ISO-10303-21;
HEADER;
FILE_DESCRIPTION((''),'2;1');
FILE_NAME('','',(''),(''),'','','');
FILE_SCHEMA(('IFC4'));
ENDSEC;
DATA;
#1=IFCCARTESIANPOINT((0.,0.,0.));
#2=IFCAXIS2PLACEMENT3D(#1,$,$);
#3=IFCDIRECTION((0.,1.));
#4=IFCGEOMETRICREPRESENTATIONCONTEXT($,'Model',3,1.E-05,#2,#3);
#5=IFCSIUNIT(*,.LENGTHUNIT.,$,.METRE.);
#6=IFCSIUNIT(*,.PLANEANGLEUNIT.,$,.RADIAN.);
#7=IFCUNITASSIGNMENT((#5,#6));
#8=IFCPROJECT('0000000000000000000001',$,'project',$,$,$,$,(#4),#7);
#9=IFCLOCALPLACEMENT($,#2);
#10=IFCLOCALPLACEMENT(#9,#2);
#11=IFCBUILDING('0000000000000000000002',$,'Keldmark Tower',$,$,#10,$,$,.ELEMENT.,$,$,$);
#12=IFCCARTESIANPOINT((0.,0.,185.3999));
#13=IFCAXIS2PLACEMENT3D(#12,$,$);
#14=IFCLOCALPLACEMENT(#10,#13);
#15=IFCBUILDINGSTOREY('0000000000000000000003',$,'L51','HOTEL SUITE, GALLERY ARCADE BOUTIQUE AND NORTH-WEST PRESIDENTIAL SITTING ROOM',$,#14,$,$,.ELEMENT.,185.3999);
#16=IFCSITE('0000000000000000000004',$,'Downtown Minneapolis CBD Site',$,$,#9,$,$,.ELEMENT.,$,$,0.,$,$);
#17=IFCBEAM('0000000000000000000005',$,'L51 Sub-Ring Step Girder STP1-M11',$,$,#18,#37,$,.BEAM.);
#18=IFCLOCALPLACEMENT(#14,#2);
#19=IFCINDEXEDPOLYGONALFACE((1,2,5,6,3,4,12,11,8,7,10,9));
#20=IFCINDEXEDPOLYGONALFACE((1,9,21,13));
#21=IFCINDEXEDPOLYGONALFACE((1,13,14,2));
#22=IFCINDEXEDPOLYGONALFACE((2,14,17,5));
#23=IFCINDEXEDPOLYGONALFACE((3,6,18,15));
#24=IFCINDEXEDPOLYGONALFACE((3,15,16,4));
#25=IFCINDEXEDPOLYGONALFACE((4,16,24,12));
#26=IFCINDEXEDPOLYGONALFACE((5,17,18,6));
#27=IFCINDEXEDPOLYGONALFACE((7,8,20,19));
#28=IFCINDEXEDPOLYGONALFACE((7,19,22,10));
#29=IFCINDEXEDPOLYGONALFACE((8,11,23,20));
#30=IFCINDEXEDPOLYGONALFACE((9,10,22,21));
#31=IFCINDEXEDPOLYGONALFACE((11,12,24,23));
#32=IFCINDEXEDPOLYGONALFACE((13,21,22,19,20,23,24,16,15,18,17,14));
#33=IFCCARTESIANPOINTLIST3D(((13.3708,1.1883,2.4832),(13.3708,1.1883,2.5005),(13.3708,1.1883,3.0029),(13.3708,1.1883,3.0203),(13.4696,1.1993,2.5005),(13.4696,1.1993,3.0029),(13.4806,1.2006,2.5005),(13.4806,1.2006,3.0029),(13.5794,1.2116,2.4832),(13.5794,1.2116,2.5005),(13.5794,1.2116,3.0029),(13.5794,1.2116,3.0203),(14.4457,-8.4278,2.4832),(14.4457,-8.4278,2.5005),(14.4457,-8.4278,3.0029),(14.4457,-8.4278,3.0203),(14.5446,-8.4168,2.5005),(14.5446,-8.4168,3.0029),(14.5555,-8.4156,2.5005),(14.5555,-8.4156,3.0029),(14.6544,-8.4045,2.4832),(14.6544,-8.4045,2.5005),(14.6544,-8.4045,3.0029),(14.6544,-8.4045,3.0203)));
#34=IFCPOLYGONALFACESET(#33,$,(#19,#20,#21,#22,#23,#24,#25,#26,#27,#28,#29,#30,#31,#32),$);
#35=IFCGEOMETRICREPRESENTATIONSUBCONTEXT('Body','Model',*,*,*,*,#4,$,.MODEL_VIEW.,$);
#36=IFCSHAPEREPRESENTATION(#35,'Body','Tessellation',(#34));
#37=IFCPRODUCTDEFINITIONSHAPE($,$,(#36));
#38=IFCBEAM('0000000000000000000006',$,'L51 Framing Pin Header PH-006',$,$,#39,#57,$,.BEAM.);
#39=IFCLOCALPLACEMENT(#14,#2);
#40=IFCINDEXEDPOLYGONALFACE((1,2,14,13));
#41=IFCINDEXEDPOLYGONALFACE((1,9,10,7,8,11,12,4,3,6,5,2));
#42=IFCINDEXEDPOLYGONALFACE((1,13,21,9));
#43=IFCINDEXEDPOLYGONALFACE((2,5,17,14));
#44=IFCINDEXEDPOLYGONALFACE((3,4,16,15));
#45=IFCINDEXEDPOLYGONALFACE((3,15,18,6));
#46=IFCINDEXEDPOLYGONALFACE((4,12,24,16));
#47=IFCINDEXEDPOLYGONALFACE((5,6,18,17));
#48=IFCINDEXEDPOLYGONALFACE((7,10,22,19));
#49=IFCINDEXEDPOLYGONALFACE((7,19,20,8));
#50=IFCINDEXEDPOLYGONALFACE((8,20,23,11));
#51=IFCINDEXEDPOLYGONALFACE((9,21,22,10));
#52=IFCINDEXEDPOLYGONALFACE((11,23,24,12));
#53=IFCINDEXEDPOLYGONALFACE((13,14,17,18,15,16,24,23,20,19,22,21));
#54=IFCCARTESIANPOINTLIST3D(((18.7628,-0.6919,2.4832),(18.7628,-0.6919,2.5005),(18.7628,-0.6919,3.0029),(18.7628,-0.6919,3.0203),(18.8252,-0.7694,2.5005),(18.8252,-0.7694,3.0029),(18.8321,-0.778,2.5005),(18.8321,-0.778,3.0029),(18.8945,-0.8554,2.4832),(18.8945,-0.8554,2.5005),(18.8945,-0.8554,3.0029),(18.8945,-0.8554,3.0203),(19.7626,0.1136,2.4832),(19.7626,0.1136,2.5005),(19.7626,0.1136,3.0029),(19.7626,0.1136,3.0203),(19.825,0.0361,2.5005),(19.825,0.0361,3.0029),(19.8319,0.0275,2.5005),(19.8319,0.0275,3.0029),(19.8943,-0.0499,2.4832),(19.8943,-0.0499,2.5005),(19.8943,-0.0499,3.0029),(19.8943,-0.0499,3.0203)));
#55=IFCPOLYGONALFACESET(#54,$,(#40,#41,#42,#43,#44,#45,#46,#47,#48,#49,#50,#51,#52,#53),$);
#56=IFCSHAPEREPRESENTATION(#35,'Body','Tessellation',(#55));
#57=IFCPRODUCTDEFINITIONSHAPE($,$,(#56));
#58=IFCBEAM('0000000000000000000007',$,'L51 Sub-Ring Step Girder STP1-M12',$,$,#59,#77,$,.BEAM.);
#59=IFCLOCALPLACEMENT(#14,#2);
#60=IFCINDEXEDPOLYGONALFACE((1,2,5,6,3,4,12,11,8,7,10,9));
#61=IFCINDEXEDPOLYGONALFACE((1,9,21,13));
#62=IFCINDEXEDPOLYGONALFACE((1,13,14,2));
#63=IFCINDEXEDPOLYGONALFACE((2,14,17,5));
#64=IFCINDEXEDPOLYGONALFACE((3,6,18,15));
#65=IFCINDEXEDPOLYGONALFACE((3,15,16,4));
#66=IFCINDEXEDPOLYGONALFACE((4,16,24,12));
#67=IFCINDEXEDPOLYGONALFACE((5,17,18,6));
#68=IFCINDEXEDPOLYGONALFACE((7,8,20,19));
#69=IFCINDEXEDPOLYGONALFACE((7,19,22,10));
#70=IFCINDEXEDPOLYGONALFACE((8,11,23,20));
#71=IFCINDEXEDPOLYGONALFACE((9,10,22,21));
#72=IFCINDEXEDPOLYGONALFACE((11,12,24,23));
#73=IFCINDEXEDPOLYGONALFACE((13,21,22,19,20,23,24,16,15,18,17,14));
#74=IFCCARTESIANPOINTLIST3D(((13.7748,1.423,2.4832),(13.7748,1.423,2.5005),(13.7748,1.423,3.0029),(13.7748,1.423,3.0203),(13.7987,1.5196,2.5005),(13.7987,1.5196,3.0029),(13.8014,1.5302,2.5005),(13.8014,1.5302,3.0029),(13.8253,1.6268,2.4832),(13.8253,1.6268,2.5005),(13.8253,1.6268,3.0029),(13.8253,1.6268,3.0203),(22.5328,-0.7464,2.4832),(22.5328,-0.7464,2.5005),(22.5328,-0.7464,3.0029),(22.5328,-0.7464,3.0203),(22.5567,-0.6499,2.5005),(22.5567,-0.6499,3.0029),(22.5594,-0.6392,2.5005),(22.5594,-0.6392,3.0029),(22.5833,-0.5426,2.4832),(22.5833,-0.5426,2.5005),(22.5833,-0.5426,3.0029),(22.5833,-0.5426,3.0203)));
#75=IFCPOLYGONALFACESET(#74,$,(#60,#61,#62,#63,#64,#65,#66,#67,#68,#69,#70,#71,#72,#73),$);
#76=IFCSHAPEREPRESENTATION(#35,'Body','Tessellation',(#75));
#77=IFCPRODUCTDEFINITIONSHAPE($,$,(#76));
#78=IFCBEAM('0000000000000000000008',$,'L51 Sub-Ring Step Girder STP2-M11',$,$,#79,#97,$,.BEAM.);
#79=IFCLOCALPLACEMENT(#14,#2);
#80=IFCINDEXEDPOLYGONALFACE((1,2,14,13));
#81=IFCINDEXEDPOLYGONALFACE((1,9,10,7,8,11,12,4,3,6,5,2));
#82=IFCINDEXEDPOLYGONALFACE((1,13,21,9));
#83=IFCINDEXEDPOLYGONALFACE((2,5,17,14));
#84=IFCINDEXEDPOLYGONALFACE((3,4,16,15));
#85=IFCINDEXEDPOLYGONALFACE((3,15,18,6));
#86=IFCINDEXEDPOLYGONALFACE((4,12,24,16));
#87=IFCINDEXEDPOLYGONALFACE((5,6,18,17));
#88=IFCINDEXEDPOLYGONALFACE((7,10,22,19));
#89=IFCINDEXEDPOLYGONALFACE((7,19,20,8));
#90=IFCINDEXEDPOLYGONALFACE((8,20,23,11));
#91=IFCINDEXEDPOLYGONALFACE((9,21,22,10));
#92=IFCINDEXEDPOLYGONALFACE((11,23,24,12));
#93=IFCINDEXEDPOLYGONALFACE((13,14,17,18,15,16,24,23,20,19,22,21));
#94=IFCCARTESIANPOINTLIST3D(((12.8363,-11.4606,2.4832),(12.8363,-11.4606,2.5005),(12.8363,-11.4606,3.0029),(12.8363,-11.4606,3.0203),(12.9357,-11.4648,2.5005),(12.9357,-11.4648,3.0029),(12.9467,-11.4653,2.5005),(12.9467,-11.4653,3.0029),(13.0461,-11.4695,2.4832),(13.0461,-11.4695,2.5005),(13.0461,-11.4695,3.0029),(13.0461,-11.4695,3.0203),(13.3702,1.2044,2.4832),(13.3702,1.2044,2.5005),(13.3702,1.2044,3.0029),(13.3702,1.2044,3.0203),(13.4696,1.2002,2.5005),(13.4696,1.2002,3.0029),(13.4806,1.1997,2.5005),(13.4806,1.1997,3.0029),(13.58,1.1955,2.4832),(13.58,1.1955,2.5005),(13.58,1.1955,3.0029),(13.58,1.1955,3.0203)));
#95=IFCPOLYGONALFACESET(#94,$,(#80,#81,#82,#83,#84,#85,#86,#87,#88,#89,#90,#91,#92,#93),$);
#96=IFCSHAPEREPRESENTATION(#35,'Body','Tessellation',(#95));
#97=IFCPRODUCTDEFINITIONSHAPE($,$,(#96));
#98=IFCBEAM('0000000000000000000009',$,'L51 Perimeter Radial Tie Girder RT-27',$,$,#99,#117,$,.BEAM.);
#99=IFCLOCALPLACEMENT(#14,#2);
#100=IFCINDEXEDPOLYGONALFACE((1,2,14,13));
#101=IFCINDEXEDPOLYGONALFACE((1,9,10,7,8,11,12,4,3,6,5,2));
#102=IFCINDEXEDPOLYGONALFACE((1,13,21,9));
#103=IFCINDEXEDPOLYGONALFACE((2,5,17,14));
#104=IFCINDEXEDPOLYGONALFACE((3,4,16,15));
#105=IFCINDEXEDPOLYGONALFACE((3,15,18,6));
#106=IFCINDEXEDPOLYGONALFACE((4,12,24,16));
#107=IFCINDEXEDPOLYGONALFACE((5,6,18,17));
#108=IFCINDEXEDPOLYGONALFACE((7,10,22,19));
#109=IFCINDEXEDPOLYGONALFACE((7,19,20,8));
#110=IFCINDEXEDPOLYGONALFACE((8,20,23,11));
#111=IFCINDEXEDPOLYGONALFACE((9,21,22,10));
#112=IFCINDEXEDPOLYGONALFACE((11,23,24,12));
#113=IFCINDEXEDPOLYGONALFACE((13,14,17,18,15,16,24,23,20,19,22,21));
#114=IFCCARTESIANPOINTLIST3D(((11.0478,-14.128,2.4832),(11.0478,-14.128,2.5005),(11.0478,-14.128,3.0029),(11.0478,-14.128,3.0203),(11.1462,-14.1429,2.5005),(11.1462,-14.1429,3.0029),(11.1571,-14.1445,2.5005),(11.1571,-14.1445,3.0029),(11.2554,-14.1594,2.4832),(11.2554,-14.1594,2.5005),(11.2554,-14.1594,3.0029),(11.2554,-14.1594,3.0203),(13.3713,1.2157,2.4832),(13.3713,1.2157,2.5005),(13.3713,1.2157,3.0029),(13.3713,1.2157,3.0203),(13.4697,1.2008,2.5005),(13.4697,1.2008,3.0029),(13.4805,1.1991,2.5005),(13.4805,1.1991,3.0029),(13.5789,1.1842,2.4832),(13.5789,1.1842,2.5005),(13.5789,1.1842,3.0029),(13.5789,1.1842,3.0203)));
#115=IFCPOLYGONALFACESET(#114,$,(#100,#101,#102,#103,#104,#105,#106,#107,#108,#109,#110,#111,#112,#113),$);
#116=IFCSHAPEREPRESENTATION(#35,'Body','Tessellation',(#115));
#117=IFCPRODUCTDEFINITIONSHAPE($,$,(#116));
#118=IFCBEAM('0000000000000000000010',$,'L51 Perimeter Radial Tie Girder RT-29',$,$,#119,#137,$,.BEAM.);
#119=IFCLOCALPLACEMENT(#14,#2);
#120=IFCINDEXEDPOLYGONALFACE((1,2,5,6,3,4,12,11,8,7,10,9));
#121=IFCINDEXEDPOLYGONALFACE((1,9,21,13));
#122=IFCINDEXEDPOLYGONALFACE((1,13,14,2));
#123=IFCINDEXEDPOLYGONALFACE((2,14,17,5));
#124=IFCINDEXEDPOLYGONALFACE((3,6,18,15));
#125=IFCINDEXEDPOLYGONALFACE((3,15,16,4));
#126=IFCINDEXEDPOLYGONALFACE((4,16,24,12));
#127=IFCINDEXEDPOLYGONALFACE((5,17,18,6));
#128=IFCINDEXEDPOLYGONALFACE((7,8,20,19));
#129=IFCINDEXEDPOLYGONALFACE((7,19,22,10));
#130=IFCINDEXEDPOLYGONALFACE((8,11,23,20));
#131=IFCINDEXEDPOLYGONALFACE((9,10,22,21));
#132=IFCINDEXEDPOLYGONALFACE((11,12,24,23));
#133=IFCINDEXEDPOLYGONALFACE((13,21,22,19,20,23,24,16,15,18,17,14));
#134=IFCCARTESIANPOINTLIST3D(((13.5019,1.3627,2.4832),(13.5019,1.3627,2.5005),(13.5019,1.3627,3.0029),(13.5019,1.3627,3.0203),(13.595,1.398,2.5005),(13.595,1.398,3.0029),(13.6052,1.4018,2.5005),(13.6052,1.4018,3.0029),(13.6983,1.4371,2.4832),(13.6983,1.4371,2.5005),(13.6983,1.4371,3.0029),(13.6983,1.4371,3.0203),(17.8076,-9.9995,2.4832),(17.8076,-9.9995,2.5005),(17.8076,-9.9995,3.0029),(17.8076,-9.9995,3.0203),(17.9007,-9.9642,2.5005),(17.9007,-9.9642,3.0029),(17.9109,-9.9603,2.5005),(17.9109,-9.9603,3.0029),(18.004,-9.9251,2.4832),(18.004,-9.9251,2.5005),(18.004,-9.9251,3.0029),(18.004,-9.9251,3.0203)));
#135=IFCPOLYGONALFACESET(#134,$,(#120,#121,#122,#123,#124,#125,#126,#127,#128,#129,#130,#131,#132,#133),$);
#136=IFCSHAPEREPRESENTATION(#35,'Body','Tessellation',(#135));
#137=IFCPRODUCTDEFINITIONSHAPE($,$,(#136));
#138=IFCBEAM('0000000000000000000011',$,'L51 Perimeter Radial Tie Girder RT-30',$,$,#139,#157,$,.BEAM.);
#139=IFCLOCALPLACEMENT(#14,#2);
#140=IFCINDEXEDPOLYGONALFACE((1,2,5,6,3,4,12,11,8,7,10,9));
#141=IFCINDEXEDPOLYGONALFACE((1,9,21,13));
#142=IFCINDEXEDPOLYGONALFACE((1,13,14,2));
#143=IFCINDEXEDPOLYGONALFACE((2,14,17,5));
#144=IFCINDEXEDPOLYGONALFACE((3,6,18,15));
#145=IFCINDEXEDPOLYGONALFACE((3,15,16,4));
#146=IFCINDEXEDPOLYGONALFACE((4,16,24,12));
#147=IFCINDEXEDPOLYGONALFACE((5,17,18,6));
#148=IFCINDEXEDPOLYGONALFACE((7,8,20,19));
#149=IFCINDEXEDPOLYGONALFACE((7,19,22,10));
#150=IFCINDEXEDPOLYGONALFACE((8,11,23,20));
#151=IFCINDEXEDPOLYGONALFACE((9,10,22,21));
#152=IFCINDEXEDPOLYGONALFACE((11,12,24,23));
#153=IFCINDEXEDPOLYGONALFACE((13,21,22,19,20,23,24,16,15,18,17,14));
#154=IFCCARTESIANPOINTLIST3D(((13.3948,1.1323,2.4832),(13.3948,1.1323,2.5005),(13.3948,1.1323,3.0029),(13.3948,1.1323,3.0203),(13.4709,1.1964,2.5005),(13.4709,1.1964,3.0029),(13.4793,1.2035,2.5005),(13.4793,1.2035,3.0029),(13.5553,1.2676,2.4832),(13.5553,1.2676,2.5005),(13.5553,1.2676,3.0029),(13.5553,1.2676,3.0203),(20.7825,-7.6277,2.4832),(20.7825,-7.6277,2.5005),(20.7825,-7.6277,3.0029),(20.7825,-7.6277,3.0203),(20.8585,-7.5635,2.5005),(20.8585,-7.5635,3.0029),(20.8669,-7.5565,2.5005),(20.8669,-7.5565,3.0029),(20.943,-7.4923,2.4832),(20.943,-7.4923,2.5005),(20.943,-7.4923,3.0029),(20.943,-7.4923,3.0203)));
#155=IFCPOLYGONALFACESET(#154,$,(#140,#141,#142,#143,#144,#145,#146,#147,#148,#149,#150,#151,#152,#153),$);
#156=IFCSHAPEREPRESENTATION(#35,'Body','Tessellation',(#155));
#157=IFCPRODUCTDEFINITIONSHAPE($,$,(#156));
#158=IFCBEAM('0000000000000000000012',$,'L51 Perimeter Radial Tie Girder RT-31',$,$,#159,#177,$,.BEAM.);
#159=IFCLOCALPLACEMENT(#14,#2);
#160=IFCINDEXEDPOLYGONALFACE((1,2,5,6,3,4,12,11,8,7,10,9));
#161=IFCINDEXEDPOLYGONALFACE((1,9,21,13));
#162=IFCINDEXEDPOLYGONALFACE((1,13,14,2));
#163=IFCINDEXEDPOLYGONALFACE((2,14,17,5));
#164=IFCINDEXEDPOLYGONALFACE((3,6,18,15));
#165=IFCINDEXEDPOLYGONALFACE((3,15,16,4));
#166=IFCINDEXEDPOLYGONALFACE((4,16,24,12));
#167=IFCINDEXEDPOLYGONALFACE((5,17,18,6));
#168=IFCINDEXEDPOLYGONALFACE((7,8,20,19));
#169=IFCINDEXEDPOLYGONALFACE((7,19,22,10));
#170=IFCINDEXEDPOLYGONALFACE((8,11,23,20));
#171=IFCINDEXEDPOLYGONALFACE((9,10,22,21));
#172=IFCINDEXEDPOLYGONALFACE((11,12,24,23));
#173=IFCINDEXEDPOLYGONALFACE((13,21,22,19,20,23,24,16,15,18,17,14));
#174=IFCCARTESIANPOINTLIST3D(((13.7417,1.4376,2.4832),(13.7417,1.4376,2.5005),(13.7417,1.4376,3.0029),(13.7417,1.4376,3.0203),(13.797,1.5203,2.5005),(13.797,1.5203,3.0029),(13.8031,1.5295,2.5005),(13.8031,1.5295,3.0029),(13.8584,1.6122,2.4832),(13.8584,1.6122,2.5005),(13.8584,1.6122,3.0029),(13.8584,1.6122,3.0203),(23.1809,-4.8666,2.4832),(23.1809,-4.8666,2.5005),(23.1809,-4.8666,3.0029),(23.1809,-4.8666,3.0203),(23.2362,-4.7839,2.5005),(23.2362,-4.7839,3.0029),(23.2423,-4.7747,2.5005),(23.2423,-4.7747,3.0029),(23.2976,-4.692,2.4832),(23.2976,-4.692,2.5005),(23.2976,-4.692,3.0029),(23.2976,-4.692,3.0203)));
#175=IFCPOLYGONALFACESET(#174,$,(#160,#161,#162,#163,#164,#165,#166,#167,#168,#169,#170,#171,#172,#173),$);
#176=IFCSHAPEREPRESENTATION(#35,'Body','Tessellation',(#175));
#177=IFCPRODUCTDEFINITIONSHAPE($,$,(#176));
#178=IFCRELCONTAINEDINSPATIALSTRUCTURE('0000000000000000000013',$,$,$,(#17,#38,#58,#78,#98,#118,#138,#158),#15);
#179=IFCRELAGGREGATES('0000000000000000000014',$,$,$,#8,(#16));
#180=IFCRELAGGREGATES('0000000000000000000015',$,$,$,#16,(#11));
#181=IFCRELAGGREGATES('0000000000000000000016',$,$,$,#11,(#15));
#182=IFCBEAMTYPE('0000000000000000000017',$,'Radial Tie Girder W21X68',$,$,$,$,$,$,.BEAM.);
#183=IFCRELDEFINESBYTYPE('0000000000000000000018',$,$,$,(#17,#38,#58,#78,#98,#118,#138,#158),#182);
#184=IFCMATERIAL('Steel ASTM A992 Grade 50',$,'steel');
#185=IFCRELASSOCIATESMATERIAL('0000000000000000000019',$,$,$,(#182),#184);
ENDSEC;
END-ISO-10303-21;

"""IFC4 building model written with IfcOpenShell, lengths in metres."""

from ifc_helpers import new_model, si_unit, direction, frame, origin, origin_2d, place, context, subcontext, project, spatial, i_section, extrude, material, material_profile, profile_set, type_object, element, save


model = new_model("IFC4")

# Units and contexts
model_context = context("Model", 3, precision=1e-05, world=origin(), true_north=direction((0.0, 1.0)))
body_context = subcontext(model_context, "Body", "Model", "MODEL_VIEW")
ifc_project = project(units=[si_unit("LENGTHUNIT", "METRE"), si_unit("PLANEANGLEUNIT", "RADIAN")], contexts=[model_context])

# Site, building, storey
site_placement = place(None, origin())
site = spatial("IfcSite", under=ifc_project, at=site_placement, Name="Downtown Minneapolis CBD Site", CompositionType="ELEMENT", RefElevation=0.0)
building_placement = place(site_placement, origin())
building = spatial("IfcBuilding", under=site, at=building_placement, Name="Keldmark Tower", CompositionType="ELEMENT")
storey_placement = place(building_placement, frame((0.0, 0.0, 185.3999)))
storey = spatial("IfcBuildingStorey", under=building, at=storey_placement, Name="L51", Description="HOTEL SUITE, GALLERY ARCADE BOUTIQUE AND NORTH-WEST PRESIDENTIAL SITTING ROOM", CompositionType="ELEMENT", Elevation=185.3999)

# Beams
ifc_material_1 = material(Name="Steel ASTM A992 Grade 50", Category="steel")
ifc_material_profile_1 = material_profile(ifc_material_1, i_section(OverallWidth=0.21, OverallDepth=0.5371, WebThickness=0.011, FlangeThickness=0.0173, at=origin_2d()), Name="W21X68")
ifc_profile_set_1 = profile_set([ifc_material_profile_1], Name="Steel ASTM A992 Grade 50")
beam_type_1 = type_object("IfcBeamType", Name="Radial Tie Girder W21X68", PredefinedType="BEAM", material=ifc_profile_set_1)
beam_1_placement = place(storey_placement, frame((13.4751, 1.2, 2.7517), z_axis=(0.111093, -0.99381, 0.0), x_axis=(0.99381, 0.111093, 0.0)))
element("IfcBeam", 1, at=beam_1_placement, inside=storey, type_object=beam_type_1, Name="L51 Sub-Ring Step Girder STP1-M11", PredefinedType="BEAM", context=body_context, shape_type="SweptSolid", body=[
    extrude(i_section(OverallWidth=0.21, OverallDepth=0.5371, WebThickness=0.011, FlangeThickness=0.0173, at=origin_2d()), origin(), (0.0, 0.0, 1.0), 9.676),
])
beam_2_placement = place(storey_placement, frame((18.8286, -0.7737, 2.7517), z_axis=(0.778731, 0.627358, 0.0), x_axis=(-0.627358, 0.778731, 0.0)))
element("IfcBeam", 2, at=beam_2_placement, inside=storey, type_object=beam_type_1, Name="L51 Framing Pin Header PH-006", PredefinedType="BEAM", context=body_context, shape_type="SweptSolid", body=[
    extrude(i_section(OverallWidth=0.21, OverallDepth=0.5371, WebThickness=0.011, FlangeThickness=0.0173, at=origin_2d()), origin(), (0.0, 0.0, 1.0), 1.2839),
])
beam_3_placement = place(storey_placement, frame((13.8, 1.5249, 2.7517), z_axis=(0.970664, -0.24044, 0.0), x_axis=(0.24044, 0.970664, 0.0)))
element("IfcBeam", 3, at=beam_3_placement, inside=storey, type_object=beam_type_1, Name="L51 Sub-Ring Step Girder STP1-M12", PredefinedType="BEAM", context=body_context, shape_type="SweptSolid", body=[
    extrude(i_section(OverallWidth=0.21, OverallDepth=0.5371, WebThickness=0.011, FlangeThickness=0.0173, at=origin_2d()), origin(), (0.0, 0.0, 1.0), 9.0227),
])
beam_4_placement = place(storey_placement, frame((13.4751, 1.2, 2.7517), z_axis=(-0.042121, -0.999113, 0.0), x_axis=(0.999113, -0.042121, 0.0)))
element("IfcBeam", 4, at=beam_4_placement, inside=storey, type_object=beam_type_1, Name="L51 Sub-Ring Step Girder STP2-M11", PredefinedType="BEAM", context=body_context, shape_type="SweptSolid", body=[
    extrude(i_section(OverallWidth=0.21, OverallDepth=0.5371, WebThickness=0.011, FlangeThickness=0.0173, at=origin_2d()), origin(), (0.0, 0.0, 1.0), 12.6763),
])
beam_5_placement = place(storey_placement, frame((13.4751, 1.2, 2.7517), z_axis=(-0.149722, -0.988728, 0.0), x_axis=(0.988728, -0.149722, 0.0)))
element("IfcBeam", 5, at=beam_5_placement, inside=storey, type_object=beam_type_1, Name="L51 Perimeter Radial Tie Girder RT-27", PredefinedType="BEAM", context=body_context, shape_type="SweptSolid", body=[
    extrude(i_section(OverallWidth=0.21, OverallDepth=0.5371, WebThickness=0.011, FlangeThickness=0.0173, at=origin_2d()), origin(), (0.0, 0.0, 1.0), 15.5186),
])
beam_6_placement = place(storey_placement, frame((13.6001, 1.3999, 2.7517), z_axis=(0.35436, -0.935109, 0.0), x_axis=(0.935109, 0.35436, 0.0)))
element("IfcBeam", 6, at=beam_6_placement, inside=storey, type_object=beam_type_1, Name="L51 Perimeter Radial Tie Girder RT-29", PredefinedType="BEAM", context=body_context, shape_type="SweptSolid", body=[
    extrude(i_section(OverallWidth=0.21, OverallDepth=0.5371, WebThickness=0.011, FlangeThickness=0.0173, at=origin_2d()), origin(), (0.0, 0.0, 1.0), 12.1506),
])
beam_7_placement = place(storey_placement, frame((13.4751, 1.2, 2.7517), z_axis=(0.644689, -0.764445, 0.0), x_axis=(0.764445, 0.644689, 0.0)))
element("IfcBeam", 7, at=beam_7_placement, inside=storey, type_object=beam_type_1, Name="L51 Perimeter Radial Tie Girder RT-30", PredefinedType="BEAM", context=body_context, shape_type="SweptSolid", body=[
    extrude(i_section(OverallWidth=0.21, OverallDepth=0.5371, WebThickness=0.011, FlangeThickness=0.0173, at=origin_2d()), origin(), (0.0, 0.0, 1.0), 11.4592),
])
beam_8_placement = place(storey_placement, frame((13.8, 1.5249, 2.7517), z_axis=(0.831587, -0.555395, 0.0), x_axis=(0.555395, 0.831587, 0.0)))
element("IfcBeam", 8, at=beam_8_placement, inside=storey, type_object=beam_type_1, Name="L51 Perimeter Radial Tie Girder RT-31", PredefinedType="BEAM", context=body_context, shape_type="SweptSolid", body=[
    extrude(i_section(OverallWidth=0.21, OverallDepth=0.5371, WebThickness=0.011, FlangeThickness=0.0173, at=origin_2d()), origin(), (0.0, 0.0, 1.0), 11.3508),
])

save(model, "model.ifc")
